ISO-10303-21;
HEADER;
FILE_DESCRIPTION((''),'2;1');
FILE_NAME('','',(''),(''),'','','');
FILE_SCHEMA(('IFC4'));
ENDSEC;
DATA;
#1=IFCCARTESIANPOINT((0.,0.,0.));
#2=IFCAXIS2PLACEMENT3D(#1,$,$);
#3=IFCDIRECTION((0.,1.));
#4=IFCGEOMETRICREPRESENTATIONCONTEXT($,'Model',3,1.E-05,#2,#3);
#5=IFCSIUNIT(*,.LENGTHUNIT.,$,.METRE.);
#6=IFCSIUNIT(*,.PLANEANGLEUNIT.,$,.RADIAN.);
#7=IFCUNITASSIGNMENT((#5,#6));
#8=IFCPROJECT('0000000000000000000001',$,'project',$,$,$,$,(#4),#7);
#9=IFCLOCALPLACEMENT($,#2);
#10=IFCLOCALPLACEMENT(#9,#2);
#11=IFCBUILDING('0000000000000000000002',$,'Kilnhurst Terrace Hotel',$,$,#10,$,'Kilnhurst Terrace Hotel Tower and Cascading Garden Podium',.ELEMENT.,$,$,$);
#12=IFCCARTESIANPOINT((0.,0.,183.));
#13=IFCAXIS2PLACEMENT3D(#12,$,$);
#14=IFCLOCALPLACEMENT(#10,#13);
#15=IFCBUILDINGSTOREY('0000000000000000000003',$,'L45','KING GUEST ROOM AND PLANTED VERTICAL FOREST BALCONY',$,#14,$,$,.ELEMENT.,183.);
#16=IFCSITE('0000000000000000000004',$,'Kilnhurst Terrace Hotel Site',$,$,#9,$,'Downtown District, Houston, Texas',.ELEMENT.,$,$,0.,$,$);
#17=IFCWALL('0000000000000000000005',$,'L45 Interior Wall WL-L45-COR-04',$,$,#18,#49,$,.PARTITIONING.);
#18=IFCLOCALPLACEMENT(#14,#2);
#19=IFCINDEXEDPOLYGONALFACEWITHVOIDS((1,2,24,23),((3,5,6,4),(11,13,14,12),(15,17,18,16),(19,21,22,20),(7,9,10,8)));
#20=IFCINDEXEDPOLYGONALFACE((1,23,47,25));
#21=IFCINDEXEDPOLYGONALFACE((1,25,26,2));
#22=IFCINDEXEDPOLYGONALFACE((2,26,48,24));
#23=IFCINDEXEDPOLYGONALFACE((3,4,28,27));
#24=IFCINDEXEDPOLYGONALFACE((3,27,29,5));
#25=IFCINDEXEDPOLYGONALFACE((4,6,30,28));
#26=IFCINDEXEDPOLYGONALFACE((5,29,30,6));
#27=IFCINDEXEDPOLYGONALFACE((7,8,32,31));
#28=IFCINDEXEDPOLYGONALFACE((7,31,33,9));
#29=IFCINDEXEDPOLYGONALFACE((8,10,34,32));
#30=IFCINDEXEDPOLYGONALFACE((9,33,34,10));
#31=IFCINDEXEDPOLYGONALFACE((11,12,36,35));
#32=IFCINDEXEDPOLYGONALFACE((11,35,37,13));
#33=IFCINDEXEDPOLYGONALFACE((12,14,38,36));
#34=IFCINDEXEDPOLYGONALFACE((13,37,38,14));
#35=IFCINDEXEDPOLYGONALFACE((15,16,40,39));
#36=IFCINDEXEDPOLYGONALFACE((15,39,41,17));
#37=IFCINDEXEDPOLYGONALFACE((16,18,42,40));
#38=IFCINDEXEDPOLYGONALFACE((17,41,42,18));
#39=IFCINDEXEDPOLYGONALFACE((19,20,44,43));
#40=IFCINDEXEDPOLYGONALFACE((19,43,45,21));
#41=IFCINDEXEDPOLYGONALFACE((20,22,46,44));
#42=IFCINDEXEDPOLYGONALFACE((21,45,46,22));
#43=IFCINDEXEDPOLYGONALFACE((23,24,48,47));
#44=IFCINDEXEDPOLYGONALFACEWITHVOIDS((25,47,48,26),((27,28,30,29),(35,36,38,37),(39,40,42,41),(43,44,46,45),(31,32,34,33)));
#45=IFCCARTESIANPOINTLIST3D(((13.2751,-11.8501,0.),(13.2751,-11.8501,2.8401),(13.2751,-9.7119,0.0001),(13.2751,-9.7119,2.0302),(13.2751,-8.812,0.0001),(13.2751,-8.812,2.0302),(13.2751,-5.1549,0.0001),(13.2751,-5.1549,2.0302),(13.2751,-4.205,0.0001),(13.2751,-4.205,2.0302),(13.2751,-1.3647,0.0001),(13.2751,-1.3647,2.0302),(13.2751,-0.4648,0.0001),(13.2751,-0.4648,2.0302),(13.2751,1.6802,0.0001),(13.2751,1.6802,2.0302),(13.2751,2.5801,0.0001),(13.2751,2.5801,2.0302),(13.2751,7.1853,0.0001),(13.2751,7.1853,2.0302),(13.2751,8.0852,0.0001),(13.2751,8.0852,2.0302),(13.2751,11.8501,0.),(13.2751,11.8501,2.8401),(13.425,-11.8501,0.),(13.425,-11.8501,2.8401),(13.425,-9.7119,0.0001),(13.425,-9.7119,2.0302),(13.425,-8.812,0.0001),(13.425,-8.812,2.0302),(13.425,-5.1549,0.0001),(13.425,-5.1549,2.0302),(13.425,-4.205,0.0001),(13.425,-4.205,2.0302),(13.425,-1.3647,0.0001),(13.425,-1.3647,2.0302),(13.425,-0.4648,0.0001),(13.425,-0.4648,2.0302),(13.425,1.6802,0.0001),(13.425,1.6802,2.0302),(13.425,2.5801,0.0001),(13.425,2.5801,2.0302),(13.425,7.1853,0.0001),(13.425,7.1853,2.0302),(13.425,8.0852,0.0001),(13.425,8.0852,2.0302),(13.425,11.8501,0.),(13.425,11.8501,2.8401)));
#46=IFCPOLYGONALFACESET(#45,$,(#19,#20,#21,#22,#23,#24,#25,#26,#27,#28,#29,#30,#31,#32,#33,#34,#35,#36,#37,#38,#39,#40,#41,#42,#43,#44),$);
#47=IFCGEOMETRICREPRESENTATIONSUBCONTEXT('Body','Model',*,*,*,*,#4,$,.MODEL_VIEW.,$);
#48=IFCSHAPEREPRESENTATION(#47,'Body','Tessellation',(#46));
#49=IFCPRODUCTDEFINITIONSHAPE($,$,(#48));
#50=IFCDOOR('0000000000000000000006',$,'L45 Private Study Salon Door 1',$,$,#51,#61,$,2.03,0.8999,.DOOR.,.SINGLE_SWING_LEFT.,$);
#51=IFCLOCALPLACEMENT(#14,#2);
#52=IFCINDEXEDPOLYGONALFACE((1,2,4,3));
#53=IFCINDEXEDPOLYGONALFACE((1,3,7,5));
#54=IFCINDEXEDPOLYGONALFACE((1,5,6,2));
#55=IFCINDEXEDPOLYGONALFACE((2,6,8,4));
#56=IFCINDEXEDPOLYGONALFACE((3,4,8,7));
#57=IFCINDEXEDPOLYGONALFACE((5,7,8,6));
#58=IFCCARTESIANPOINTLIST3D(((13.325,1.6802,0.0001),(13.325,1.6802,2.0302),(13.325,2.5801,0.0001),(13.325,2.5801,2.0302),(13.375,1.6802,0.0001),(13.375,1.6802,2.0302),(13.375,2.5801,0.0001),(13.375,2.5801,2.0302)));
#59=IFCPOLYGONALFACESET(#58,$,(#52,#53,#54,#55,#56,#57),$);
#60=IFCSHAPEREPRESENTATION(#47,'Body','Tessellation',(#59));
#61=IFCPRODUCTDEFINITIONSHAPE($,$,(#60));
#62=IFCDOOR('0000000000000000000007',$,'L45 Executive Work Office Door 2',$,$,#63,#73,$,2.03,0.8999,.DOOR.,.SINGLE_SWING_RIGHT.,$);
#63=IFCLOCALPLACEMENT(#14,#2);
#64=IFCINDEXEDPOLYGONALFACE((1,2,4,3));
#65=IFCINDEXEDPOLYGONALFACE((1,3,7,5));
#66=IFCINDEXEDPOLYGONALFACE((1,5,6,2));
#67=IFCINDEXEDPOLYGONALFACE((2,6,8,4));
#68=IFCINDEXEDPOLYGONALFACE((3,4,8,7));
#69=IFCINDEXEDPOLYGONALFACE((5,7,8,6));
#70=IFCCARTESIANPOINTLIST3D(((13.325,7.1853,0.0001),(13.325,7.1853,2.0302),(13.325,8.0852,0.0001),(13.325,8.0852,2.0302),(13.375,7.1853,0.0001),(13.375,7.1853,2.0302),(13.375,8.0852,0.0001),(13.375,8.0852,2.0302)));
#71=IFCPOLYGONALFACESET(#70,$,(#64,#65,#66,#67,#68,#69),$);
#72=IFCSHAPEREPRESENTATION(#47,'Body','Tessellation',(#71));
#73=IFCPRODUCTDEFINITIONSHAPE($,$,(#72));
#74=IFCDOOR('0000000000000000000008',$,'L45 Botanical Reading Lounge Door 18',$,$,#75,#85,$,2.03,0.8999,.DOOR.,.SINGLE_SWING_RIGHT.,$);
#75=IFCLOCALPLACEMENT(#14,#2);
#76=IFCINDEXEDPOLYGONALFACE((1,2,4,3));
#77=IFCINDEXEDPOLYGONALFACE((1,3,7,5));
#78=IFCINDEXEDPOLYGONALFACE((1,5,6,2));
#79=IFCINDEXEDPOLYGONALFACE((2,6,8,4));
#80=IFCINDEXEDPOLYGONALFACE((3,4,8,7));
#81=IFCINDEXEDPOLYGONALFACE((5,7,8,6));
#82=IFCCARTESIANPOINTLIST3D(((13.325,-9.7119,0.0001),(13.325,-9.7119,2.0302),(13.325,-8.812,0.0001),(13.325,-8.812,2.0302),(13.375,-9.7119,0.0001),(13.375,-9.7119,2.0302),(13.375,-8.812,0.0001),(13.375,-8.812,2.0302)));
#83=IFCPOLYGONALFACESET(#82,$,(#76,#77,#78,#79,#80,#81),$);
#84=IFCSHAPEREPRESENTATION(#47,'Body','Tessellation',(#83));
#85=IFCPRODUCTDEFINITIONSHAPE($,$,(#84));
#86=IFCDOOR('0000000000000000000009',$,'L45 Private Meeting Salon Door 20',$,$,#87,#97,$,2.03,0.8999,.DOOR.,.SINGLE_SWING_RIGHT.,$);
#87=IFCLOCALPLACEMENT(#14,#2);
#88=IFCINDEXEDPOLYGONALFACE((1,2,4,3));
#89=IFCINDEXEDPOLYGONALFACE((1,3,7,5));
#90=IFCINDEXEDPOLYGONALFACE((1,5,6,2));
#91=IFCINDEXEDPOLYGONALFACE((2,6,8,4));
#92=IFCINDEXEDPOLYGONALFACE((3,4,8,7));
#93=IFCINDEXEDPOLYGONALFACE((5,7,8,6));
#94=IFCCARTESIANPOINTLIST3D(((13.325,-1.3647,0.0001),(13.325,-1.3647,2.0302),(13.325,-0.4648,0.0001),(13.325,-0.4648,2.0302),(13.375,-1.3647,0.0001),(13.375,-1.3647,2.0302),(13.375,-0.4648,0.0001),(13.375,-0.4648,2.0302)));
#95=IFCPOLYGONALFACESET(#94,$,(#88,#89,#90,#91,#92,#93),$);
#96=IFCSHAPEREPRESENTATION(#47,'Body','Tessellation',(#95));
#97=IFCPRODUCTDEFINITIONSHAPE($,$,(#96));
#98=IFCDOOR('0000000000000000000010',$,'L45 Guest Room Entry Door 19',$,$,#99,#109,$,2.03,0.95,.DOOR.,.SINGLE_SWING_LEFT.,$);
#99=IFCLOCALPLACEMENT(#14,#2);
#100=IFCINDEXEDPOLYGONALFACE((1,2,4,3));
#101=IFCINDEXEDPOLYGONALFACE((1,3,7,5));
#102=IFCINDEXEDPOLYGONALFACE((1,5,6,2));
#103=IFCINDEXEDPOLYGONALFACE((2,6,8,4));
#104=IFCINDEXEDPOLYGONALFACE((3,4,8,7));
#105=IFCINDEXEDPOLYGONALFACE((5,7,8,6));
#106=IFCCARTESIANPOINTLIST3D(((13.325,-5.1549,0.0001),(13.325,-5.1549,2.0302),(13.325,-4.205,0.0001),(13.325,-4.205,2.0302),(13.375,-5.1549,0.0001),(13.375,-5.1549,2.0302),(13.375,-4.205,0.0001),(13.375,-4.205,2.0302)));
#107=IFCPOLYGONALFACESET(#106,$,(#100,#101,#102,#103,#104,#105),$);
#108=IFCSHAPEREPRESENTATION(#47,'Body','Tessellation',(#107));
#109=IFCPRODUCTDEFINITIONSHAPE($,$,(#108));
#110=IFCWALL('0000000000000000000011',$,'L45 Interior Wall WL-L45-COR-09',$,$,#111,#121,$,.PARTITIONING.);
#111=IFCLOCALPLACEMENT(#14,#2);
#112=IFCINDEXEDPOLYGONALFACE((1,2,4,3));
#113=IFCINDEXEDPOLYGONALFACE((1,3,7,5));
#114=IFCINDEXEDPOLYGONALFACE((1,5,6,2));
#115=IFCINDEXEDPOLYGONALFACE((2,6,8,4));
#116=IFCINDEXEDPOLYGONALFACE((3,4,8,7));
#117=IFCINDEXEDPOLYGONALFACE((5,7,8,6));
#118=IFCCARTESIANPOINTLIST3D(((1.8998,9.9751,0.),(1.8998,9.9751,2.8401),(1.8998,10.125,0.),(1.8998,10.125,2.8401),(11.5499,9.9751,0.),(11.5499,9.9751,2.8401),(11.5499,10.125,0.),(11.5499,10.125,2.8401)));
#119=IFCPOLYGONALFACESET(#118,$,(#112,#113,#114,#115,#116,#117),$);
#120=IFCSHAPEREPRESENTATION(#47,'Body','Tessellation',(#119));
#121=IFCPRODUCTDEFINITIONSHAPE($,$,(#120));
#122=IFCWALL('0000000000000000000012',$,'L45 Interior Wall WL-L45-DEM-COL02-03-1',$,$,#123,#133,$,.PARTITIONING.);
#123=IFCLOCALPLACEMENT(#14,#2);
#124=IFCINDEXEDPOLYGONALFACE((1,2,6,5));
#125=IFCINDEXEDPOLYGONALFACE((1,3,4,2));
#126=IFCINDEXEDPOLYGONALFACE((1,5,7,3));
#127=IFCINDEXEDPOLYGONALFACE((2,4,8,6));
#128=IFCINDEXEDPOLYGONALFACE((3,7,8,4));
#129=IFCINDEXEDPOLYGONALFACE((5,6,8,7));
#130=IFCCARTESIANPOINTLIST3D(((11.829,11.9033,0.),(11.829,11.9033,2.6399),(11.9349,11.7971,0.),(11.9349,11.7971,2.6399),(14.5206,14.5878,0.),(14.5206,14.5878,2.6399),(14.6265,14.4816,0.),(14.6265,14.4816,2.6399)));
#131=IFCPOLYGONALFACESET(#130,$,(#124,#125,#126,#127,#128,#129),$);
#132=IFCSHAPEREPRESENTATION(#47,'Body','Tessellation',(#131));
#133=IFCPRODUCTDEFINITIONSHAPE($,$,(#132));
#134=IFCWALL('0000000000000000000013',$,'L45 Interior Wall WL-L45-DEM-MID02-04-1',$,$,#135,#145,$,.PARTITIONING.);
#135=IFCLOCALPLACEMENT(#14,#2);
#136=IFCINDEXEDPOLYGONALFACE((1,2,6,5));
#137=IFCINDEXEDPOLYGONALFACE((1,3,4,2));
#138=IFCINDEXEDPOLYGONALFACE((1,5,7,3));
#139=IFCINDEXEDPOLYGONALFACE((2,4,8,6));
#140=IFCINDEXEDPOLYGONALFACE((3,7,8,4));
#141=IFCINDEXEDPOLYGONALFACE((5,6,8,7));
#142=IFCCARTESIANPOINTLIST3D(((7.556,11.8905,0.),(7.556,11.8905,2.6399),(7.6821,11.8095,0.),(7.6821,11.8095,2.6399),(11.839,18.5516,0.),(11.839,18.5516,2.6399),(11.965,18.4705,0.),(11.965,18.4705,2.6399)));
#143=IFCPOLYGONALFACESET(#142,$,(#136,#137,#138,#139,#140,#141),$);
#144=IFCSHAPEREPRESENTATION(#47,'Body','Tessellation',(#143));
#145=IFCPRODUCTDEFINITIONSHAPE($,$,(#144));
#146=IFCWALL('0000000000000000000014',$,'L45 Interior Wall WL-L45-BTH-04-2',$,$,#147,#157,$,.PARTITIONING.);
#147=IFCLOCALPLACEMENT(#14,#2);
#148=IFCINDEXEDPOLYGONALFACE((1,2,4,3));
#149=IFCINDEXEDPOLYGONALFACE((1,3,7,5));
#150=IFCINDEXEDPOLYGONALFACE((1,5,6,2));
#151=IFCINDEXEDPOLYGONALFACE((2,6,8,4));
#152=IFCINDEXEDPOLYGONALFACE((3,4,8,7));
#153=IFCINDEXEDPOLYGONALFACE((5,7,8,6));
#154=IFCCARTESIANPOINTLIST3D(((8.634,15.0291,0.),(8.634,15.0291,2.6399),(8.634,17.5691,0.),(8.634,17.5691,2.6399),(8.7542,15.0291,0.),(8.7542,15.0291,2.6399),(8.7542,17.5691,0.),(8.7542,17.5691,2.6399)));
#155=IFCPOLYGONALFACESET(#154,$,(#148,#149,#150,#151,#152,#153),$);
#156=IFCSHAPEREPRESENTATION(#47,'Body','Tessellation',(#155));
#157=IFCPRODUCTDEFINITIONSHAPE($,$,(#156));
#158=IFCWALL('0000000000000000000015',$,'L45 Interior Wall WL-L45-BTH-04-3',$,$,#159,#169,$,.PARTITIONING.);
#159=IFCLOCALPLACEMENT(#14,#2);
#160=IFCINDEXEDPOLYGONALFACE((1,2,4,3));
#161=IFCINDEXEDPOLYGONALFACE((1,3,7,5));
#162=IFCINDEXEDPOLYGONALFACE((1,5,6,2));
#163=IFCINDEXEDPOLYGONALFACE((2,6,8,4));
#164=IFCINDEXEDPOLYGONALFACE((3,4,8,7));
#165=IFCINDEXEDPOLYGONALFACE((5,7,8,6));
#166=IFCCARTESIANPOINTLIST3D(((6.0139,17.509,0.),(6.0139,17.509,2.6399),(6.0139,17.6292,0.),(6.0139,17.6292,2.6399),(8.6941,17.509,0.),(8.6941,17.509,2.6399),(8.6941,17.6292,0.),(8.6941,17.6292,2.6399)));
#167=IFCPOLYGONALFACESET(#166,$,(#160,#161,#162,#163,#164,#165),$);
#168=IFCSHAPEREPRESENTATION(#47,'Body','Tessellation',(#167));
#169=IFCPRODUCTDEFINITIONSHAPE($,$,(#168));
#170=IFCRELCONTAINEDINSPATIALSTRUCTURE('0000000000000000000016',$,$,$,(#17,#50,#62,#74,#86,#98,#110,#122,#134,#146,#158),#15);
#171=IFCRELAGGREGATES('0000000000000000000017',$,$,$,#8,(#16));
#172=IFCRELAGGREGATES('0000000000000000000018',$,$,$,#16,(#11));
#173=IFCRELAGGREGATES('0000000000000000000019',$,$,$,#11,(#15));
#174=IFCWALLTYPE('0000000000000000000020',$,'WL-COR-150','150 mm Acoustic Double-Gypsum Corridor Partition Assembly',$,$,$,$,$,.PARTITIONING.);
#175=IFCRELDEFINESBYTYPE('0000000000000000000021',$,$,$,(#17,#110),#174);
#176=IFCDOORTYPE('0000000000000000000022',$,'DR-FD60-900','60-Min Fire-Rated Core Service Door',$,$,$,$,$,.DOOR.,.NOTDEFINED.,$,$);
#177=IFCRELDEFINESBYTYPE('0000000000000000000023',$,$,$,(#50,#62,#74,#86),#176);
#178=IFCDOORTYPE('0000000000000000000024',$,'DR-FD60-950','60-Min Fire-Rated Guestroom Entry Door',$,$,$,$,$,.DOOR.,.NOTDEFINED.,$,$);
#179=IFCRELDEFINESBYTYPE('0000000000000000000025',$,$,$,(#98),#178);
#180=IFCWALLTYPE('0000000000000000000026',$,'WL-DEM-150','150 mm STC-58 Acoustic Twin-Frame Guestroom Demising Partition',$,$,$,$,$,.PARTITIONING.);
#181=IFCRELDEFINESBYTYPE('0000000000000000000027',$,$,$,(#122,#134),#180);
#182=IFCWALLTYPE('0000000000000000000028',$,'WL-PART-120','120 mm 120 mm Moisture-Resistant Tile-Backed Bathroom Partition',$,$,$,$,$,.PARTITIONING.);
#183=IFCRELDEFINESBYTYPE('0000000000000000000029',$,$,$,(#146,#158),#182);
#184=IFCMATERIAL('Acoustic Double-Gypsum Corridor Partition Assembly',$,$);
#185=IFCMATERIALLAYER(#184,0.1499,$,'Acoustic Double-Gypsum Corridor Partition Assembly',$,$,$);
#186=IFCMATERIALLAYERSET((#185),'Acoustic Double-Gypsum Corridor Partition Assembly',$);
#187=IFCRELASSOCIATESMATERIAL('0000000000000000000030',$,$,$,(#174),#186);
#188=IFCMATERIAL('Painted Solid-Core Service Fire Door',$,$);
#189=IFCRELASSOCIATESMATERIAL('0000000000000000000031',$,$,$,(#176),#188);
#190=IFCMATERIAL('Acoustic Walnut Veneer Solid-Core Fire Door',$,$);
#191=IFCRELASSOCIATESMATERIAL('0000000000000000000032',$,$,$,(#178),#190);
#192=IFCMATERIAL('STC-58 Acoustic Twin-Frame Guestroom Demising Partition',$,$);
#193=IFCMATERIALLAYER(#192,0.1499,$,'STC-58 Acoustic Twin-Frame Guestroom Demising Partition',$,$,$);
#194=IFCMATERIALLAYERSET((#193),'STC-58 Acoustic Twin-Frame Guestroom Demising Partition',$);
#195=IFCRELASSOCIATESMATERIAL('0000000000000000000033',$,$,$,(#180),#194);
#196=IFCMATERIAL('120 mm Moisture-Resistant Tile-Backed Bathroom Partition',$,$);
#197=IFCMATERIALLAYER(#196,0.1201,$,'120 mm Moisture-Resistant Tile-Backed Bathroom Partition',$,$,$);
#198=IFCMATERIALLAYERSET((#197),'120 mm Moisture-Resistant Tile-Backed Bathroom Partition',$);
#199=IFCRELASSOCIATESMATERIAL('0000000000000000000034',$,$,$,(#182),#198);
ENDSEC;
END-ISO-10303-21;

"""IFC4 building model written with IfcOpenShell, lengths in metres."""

from ifc_helpers import new_model, si_unit, direction, frame, frame_2d, origin, place, context, subcontext, project, spatial, rectangle, extrude, material, layer, layer_set, type_object, element, fill, save


model = new_model("IFC4")

# Units and contexts
model_context = context("Model", 3, precision=1e-05, world=origin(), true_north=direction((0.0, 1.0)))
body_context = subcontext(model_context, "Body", "Model", "MODEL_VIEW")
ifc_project = project(units=[si_unit("LENGTHUNIT", "METRE"), si_unit("PLANEANGLEUNIT", "RADIAN")], contexts=[model_context])

# Site, building, storey
site_placement = place(None, origin())
site = spatial("IfcSite", under=ifc_project, at=site_placement, Name="Kilnhurst Terrace Hotel Site", LongName="Downtown District, Houston, Texas", CompositionType="ELEMENT", RefElevation=0.0)
building_placement = place(site_placement, origin())
building = spatial("IfcBuilding", under=site, at=building_placement, Name="Kilnhurst Terrace Hotel", LongName="Kilnhurst Terrace Hotel Tower and Cascading Garden Podium", CompositionType="ELEMENT")
storey_placement = place(building_placement, frame((0.0, 0.0, 183.0)))
storey = spatial("IfcBuildingStorey", under=building, at=storey_placement, Name="L45", Description="KING GUEST ROOM AND PLANTED VERTICAL FOREST BALCONY", CompositionType="ELEMENT", Elevation=183.0)

# Wall, openings, doors
ifc_material_1 = material(Name="Acoustic Double-Gypsum Corridor Partition Assembly")
ifc_layer_1 = layer(ifc_material_1, 0.1499, Name="Acoustic Double-Gypsum Corridor Partition Assembly")
ifc_layer_set_1 = layer_set([ifc_layer_1], Name="Acoustic Double-Gypsum Corridor Partition Assembly")
wall_type_1 = type_object("IfcWallType", Name="WL-COR-150", Description="150 mm Acoustic Double-Gypsum Corridor Partition Assembly", PredefinedType="PARTITIONING", material=ifc_layer_set_1)
wall_1_placement = place(storey_placement, frame((13.3501, 11.8501, 0.0), z_axis=(0.0, 0.0, 1.0), x_axis=(0.0, -1.0, 0.0)))
wall_1 = element("IfcWall", 1, at=wall_1_placement, inside=storey, type_object=wall_type_1, Name="L45 Interior Wall WL-L45-COR-04", PredefinedType="PARTITIONING", context=body_context, shape_type="SweptSolid", body=[
    extrude(rectangle(XDim=23.7002, YDim=0.1499, at=frame_2d((11.8501, 0.0))), origin(), (0.0, 0.0, 1.0), 2.8401),
])
opening_1_placement = place(wall_1_placement, frame((9.27, 0.0, 0.0)))
opening_1 = element("IfcOpeningElement", 2, at=opening_1_placement, cuts=wall_1, PredefinedType="OPENING", context=body_context, shape_type="SweptSolid", body=[
    extrude(rectangle(XDim=0.8999, YDim=2.03, at=frame_2d((0.45, 1.0151))), frame((0.0, 0.085, 0.0), z_axis=(0.0, -1.0, 0.0), x_axis=(1.0, 0.0, 0.0)), (0.0, 0.0, 1.0), 0.1699),
])
opening_2_placement = place(wall_1_placement, frame((3.7649, 0.0, 0.0)))
opening_2 = element("IfcOpeningElement", 3, at=opening_2_placement, cuts=wall_1, PredefinedType="OPENING", context=body_context, shape_type="SweptSolid", body=[
    extrude(rectangle(XDim=0.8999, YDim=2.03, at=frame_2d((0.45, 1.0151))), frame((0.0, 0.085, 0.0), z_axis=(0.0, -1.0, 0.0), x_axis=(1.0, 0.0, 0.0)), (0.0, 0.0, 1.0), 0.1699),
])
opening_3_placement = place(wall_1_placement, frame((20.6621, 0.0, 0.0)))
opening_3 = element("IfcOpeningElement", 4, at=opening_3_placement, cuts=wall_1, PredefinedType="OPENING", context=body_context, shape_type="SweptSolid", body=[
    extrude(rectangle(XDim=0.8999, YDim=2.03, at=frame_2d((0.45, 1.0151))), frame((0.0, 0.085, 0.0), z_axis=(0.0, -1.0, 0.0), x_axis=(1.0, 0.0, 0.0)), (0.0, 0.0, 1.0), 0.1699),
])
opening_4_placement = place(wall_1_placement, frame((16.0549, 0.0, 0.0)))
opening_4 = element("IfcOpeningElement", 5, at=opening_4_placement, cuts=wall_1, PredefinedType="OPENING", context=body_context, shape_type="SweptSolid", body=[
    extrude(rectangle(XDim=0.95, YDim=2.03, at=frame_2d((0.4751, 1.0151))), frame((0.0, 0.085, 0.0), z_axis=(0.0, -1.0, 0.0), x_axis=(1.0, 0.0, 0.0)), (0.0, 0.0, 1.0), 0.1699),
])
opening_5_placement = place(wall_1_placement, frame((12.3149, 0.0, 0.0)))
opening_5 = element("IfcOpeningElement", 6, at=opening_5_placement, cuts=wall_1, PredefinedType="OPENING", context=body_context, shape_type="SweptSolid", body=[
    extrude(rectangle(XDim=0.8999, YDim=2.03, at=frame_2d((0.45, 1.0151))), frame((0.0, 0.085, 0.0), z_axis=(0.0, -1.0, 0.0), x_axis=(1.0, 0.0, 0.0)), (0.0, 0.0, 1.0), 0.1699),
])
ifc_material_2 = material(Name="Painted Solid-Core Service Fire Door")
door_type_1 = type_object("IfcDoorType", Name="DR-FD60-900", Description="60-Min Fire-Rated Core Service Door", OperationType="NOTDEFINED", PredefinedType="DOOR", material=ifc_material_2)
door_1_placement = place(opening_1_placement, origin())
door_1 = element("IfcDoor", 7, at=door_1_placement, inside=storey, type_object=door_type_1, Name="L45 Private Study Salon Door 1", OperationType="SINGLE_SWING_LEFT", OverallHeight=2.03, OverallWidth=0.8999, PredefinedType="DOOR", context=body_context, shape_type="SweptSolid", body=[
    extrude(rectangle(XDim=0.8999, YDim=2.03, at=frame_2d((0.45, 1.0151))), frame((0.0, 0.0249, 0.0), z_axis=(0.0, -1.0, 0.0), x_axis=(1.0, 0.0, 0.0)), (0.0, 0.0, 1.0), 0.05),
])
fill(opening_1, door_1)
door_2_placement = place(opening_2_placement, origin())
door_2 = element("IfcDoor", 8, at=door_2_placement, inside=storey, type_object=door_type_1, Name="L45 Executive Work Office Door 2", OperationType="SINGLE_SWING_RIGHT", OverallHeight=2.03, OverallWidth=0.8999, PredefinedType="DOOR", context=body_context, shape_type="SweptSolid", body=[
    extrude(rectangle(XDim=0.8999, YDim=2.03, at=frame_2d((0.45, 1.0151))), frame((0.0, 0.0249, 0.0), z_axis=(0.0, -1.0, 0.0), x_axis=(1.0, 0.0, 0.0)), (0.0, 0.0, 1.0), 0.05),
])
fill(opening_2, door_2)
door_3_placement = place(opening_3_placement, origin())
door_3 = element("IfcDoor", 9, at=door_3_placement, inside=storey, type_object=door_type_1, Name="L45 Botanical Reading Lounge Door 18", OperationType="SINGLE_SWING_RIGHT", OverallHeight=2.03, OverallWidth=0.8999, PredefinedType="DOOR", context=body_context, shape_type="SweptSolid", body=[
    extrude(rectangle(XDim=0.8999, YDim=2.03, at=frame_2d((0.45, 1.0151))), frame((0.0, 0.0249, 0.0), z_axis=(0.0, -1.0, 0.0), x_axis=(1.0, 0.0, 0.0)), (0.0, 0.0, 1.0), 0.05),
])
fill(opening_3, door_3)
door_4_placement = place(opening_5_placement, origin())
door_4 = element("IfcDoor", 10, at=door_4_placement, inside=storey, type_object=door_type_1, Name="L45 Private Meeting Salon Door 20", OperationType="SINGLE_SWING_RIGHT", OverallHeight=2.03, OverallWidth=0.8999, PredefinedType="DOOR", context=body_context, shape_type="SweptSolid", body=[
    extrude(rectangle(XDim=0.8999, YDim=2.03, at=frame_2d((0.45, 1.0151))), frame((0.0, 0.0249, 0.0), z_axis=(0.0, -1.0, 0.0), x_axis=(1.0, 0.0, 0.0)), (0.0, 0.0, 1.0), 0.05),
])
fill(opening_5, door_4)
ifc_material_3 = material(Name="Acoustic Walnut Veneer Solid-Core Fire Door")
door_type_2 = type_object("IfcDoorType", Name="DR-FD60-950", Description="60-Min Fire-Rated Guestroom Entry Door", OperationType="NOTDEFINED", PredefinedType="DOOR", material=ifc_material_3)
door_5_placement = place(opening_4_placement, origin())
door_5 = element("IfcDoor", 11, at=door_5_placement, inside=storey, type_object=door_type_2, Name="L45 Guest Room Entry Door 19", OperationType="SINGLE_SWING_LEFT", OverallHeight=2.03, OverallWidth=0.95, PredefinedType="DOOR", context=body_context, shape_type="SweptSolid", body=[
    extrude(rectangle(XDim=0.95, YDim=2.03, at=frame_2d((0.4751, 1.0151))), frame((0.0, 0.0249, 0.0), z_axis=(0.0, -1.0, 0.0), x_axis=(1.0, 0.0, 0.0)), (0.0, 0.0, 1.0), 0.05),
])
fill(opening_4, door_5)

# Walls
wall_2_placement = place(storey_placement, frame((11.55, 10.05, 0.0), z_axis=(0.0, 0.0, 1.0), x_axis=(-1.0, 0.0, 0.0)))
element("IfcWall", 12, at=wall_2_placement, inside=storey, type_object=wall_type_1, Name="L45 Interior Wall WL-L45-COR-09", PredefinedType="PARTITIONING", context=body_context, shape_type="SweptSolid", body=[
    extrude(rectangle(XDim=9.6501, YDim=0.1499, at=frame_2d((4.8252, 0.0))), origin(), (0.0, 0.0, 1.0), 2.8401),
])
ifc_material_4 = material(Name="STC-58 Acoustic Twin-Frame Guestroom Demising Partition")
ifc_layer_2 = layer(ifc_material_4, 0.1499, Name="STC-58 Acoustic Twin-Frame Guestroom Demising Partition")
ifc_layer_set_2 = layer_set([ifc_layer_2], Name="STC-58 Acoustic Twin-Frame Guestroom Demising Partition")
wall_type_2 = type_object("IfcWallType", Name="WL-DEM-150", Description="150 mm STC-58 Acoustic Twin-Frame Guestroom Demising Partition", PredefinedType="PARTITIONING", material=ifc_layer_set_2)
wall_3_placement = place(storey_placement, frame((11.8818, 11.8501, 0.0), z_axis=(0.0, 0.0, 1.0), x_axis=(0.708037, 0.706175, 0.0)))
element("IfcWall", 13, at=wall_3_placement, inside=storey, type_object=wall_type_2, Name="L45 Interior Wall WL-L45-DEM-COL02-03-1", PredefinedType="PARTITIONING", context=body_context, shape_type="SweptSolid", body=[
    extrude(rectangle(XDim=3.8015, YDim=0.1499, at=frame_2d((1.9009, 0.0))), origin(), (0.0, 0.0, 1.0), 2.6399),
])
wall_4_placement = place(storey_placement, frame((7.6191, 11.8501, 0.0), z_axis=(0.0, 0.0, 1.0), x_axis=(0.540829, 0.841132, 0.0)))
element("IfcWall", 14, at=wall_4_placement, inside=storey, type_object=wall_type_2, Name="L45 Interior Wall WL-L45-DEM-MID02-04-1", PredefinedType="PARTITIONING", context=body_context, shape_type="SweptSolid", body=[
    extrude(rectangle(XDim=7.9192, YDim=0.1499, at=frame_2d((3.9595, 0.0))), origin(), (0.0, 0.0, 1.0), 2.6399),
])
ifc_material_5 = material(Name="120 mm Moisture-Resistant Tile-Backed Bathroom Partition")
ifc_layer_3 = layer(ifc_material_5, 0.1201, Name="120 mm Moisture-Resistant Tile-Backed Bathroom Partition")
ifc_layer_set_3 = layer_set([ifc_layer_3], Name="120 mm Moisture-Resistant Tile-Backed Bathroom Partition")
wall_type_3 = type_object("IfcWallType", Name="WL-PART-120", Description="120 mm 120 mm Moisture-Resistant Tile-Backed Bathroom Partition", PredefinedType="PARTITIONING", material=ifc_layer_set_3)
wall_5_placement = place(storey_placement, frame((8.6941, 15.0291, 0.0), z_axis=(0.0, 0.0, 1.0), x_axis=(0.0, 1.0, 0.0)))
element("IfcWall", 15, at=wall_5_placement, inside=storey, type_object=wall_type_3, Name="L45 Interior Wall WL-L45-BTH-04-2", PredefinedType="PARTITIONING", context=body_context, shape_type="SweptSolid", body=[
    extrude(rectangle(XDim=2.54, YDim=0.1201, at=frame_2d((1.27, 0.0))), origin(), (0.0, 0.0, 1.0), 2.6399),
])
wall_6_placement = place(storey_placement, frame((8.6941, 17.5691, 0.0), z_axis=(0.0, 0.0, 1.0), x_axis=(-1.0, 0.0, 0.0)))
element("IfcWall", 16, at=wall_6_placement, inside=storey, type_object=wall_type_3, Name="L45 Interior Wall WL-L45-BTH-04-3", PredefinedType="PARTITIONING", context=body_context, shape_type="SweptSolid", body=[
    extrude(rectangle(XDim=2.6802, YDim=0.1201, at=frame_2d((1.3401, 0.0))), origin(), (0.0, 0.0, 1.0), 2.6399),
])

save(model, "model.ifc")
